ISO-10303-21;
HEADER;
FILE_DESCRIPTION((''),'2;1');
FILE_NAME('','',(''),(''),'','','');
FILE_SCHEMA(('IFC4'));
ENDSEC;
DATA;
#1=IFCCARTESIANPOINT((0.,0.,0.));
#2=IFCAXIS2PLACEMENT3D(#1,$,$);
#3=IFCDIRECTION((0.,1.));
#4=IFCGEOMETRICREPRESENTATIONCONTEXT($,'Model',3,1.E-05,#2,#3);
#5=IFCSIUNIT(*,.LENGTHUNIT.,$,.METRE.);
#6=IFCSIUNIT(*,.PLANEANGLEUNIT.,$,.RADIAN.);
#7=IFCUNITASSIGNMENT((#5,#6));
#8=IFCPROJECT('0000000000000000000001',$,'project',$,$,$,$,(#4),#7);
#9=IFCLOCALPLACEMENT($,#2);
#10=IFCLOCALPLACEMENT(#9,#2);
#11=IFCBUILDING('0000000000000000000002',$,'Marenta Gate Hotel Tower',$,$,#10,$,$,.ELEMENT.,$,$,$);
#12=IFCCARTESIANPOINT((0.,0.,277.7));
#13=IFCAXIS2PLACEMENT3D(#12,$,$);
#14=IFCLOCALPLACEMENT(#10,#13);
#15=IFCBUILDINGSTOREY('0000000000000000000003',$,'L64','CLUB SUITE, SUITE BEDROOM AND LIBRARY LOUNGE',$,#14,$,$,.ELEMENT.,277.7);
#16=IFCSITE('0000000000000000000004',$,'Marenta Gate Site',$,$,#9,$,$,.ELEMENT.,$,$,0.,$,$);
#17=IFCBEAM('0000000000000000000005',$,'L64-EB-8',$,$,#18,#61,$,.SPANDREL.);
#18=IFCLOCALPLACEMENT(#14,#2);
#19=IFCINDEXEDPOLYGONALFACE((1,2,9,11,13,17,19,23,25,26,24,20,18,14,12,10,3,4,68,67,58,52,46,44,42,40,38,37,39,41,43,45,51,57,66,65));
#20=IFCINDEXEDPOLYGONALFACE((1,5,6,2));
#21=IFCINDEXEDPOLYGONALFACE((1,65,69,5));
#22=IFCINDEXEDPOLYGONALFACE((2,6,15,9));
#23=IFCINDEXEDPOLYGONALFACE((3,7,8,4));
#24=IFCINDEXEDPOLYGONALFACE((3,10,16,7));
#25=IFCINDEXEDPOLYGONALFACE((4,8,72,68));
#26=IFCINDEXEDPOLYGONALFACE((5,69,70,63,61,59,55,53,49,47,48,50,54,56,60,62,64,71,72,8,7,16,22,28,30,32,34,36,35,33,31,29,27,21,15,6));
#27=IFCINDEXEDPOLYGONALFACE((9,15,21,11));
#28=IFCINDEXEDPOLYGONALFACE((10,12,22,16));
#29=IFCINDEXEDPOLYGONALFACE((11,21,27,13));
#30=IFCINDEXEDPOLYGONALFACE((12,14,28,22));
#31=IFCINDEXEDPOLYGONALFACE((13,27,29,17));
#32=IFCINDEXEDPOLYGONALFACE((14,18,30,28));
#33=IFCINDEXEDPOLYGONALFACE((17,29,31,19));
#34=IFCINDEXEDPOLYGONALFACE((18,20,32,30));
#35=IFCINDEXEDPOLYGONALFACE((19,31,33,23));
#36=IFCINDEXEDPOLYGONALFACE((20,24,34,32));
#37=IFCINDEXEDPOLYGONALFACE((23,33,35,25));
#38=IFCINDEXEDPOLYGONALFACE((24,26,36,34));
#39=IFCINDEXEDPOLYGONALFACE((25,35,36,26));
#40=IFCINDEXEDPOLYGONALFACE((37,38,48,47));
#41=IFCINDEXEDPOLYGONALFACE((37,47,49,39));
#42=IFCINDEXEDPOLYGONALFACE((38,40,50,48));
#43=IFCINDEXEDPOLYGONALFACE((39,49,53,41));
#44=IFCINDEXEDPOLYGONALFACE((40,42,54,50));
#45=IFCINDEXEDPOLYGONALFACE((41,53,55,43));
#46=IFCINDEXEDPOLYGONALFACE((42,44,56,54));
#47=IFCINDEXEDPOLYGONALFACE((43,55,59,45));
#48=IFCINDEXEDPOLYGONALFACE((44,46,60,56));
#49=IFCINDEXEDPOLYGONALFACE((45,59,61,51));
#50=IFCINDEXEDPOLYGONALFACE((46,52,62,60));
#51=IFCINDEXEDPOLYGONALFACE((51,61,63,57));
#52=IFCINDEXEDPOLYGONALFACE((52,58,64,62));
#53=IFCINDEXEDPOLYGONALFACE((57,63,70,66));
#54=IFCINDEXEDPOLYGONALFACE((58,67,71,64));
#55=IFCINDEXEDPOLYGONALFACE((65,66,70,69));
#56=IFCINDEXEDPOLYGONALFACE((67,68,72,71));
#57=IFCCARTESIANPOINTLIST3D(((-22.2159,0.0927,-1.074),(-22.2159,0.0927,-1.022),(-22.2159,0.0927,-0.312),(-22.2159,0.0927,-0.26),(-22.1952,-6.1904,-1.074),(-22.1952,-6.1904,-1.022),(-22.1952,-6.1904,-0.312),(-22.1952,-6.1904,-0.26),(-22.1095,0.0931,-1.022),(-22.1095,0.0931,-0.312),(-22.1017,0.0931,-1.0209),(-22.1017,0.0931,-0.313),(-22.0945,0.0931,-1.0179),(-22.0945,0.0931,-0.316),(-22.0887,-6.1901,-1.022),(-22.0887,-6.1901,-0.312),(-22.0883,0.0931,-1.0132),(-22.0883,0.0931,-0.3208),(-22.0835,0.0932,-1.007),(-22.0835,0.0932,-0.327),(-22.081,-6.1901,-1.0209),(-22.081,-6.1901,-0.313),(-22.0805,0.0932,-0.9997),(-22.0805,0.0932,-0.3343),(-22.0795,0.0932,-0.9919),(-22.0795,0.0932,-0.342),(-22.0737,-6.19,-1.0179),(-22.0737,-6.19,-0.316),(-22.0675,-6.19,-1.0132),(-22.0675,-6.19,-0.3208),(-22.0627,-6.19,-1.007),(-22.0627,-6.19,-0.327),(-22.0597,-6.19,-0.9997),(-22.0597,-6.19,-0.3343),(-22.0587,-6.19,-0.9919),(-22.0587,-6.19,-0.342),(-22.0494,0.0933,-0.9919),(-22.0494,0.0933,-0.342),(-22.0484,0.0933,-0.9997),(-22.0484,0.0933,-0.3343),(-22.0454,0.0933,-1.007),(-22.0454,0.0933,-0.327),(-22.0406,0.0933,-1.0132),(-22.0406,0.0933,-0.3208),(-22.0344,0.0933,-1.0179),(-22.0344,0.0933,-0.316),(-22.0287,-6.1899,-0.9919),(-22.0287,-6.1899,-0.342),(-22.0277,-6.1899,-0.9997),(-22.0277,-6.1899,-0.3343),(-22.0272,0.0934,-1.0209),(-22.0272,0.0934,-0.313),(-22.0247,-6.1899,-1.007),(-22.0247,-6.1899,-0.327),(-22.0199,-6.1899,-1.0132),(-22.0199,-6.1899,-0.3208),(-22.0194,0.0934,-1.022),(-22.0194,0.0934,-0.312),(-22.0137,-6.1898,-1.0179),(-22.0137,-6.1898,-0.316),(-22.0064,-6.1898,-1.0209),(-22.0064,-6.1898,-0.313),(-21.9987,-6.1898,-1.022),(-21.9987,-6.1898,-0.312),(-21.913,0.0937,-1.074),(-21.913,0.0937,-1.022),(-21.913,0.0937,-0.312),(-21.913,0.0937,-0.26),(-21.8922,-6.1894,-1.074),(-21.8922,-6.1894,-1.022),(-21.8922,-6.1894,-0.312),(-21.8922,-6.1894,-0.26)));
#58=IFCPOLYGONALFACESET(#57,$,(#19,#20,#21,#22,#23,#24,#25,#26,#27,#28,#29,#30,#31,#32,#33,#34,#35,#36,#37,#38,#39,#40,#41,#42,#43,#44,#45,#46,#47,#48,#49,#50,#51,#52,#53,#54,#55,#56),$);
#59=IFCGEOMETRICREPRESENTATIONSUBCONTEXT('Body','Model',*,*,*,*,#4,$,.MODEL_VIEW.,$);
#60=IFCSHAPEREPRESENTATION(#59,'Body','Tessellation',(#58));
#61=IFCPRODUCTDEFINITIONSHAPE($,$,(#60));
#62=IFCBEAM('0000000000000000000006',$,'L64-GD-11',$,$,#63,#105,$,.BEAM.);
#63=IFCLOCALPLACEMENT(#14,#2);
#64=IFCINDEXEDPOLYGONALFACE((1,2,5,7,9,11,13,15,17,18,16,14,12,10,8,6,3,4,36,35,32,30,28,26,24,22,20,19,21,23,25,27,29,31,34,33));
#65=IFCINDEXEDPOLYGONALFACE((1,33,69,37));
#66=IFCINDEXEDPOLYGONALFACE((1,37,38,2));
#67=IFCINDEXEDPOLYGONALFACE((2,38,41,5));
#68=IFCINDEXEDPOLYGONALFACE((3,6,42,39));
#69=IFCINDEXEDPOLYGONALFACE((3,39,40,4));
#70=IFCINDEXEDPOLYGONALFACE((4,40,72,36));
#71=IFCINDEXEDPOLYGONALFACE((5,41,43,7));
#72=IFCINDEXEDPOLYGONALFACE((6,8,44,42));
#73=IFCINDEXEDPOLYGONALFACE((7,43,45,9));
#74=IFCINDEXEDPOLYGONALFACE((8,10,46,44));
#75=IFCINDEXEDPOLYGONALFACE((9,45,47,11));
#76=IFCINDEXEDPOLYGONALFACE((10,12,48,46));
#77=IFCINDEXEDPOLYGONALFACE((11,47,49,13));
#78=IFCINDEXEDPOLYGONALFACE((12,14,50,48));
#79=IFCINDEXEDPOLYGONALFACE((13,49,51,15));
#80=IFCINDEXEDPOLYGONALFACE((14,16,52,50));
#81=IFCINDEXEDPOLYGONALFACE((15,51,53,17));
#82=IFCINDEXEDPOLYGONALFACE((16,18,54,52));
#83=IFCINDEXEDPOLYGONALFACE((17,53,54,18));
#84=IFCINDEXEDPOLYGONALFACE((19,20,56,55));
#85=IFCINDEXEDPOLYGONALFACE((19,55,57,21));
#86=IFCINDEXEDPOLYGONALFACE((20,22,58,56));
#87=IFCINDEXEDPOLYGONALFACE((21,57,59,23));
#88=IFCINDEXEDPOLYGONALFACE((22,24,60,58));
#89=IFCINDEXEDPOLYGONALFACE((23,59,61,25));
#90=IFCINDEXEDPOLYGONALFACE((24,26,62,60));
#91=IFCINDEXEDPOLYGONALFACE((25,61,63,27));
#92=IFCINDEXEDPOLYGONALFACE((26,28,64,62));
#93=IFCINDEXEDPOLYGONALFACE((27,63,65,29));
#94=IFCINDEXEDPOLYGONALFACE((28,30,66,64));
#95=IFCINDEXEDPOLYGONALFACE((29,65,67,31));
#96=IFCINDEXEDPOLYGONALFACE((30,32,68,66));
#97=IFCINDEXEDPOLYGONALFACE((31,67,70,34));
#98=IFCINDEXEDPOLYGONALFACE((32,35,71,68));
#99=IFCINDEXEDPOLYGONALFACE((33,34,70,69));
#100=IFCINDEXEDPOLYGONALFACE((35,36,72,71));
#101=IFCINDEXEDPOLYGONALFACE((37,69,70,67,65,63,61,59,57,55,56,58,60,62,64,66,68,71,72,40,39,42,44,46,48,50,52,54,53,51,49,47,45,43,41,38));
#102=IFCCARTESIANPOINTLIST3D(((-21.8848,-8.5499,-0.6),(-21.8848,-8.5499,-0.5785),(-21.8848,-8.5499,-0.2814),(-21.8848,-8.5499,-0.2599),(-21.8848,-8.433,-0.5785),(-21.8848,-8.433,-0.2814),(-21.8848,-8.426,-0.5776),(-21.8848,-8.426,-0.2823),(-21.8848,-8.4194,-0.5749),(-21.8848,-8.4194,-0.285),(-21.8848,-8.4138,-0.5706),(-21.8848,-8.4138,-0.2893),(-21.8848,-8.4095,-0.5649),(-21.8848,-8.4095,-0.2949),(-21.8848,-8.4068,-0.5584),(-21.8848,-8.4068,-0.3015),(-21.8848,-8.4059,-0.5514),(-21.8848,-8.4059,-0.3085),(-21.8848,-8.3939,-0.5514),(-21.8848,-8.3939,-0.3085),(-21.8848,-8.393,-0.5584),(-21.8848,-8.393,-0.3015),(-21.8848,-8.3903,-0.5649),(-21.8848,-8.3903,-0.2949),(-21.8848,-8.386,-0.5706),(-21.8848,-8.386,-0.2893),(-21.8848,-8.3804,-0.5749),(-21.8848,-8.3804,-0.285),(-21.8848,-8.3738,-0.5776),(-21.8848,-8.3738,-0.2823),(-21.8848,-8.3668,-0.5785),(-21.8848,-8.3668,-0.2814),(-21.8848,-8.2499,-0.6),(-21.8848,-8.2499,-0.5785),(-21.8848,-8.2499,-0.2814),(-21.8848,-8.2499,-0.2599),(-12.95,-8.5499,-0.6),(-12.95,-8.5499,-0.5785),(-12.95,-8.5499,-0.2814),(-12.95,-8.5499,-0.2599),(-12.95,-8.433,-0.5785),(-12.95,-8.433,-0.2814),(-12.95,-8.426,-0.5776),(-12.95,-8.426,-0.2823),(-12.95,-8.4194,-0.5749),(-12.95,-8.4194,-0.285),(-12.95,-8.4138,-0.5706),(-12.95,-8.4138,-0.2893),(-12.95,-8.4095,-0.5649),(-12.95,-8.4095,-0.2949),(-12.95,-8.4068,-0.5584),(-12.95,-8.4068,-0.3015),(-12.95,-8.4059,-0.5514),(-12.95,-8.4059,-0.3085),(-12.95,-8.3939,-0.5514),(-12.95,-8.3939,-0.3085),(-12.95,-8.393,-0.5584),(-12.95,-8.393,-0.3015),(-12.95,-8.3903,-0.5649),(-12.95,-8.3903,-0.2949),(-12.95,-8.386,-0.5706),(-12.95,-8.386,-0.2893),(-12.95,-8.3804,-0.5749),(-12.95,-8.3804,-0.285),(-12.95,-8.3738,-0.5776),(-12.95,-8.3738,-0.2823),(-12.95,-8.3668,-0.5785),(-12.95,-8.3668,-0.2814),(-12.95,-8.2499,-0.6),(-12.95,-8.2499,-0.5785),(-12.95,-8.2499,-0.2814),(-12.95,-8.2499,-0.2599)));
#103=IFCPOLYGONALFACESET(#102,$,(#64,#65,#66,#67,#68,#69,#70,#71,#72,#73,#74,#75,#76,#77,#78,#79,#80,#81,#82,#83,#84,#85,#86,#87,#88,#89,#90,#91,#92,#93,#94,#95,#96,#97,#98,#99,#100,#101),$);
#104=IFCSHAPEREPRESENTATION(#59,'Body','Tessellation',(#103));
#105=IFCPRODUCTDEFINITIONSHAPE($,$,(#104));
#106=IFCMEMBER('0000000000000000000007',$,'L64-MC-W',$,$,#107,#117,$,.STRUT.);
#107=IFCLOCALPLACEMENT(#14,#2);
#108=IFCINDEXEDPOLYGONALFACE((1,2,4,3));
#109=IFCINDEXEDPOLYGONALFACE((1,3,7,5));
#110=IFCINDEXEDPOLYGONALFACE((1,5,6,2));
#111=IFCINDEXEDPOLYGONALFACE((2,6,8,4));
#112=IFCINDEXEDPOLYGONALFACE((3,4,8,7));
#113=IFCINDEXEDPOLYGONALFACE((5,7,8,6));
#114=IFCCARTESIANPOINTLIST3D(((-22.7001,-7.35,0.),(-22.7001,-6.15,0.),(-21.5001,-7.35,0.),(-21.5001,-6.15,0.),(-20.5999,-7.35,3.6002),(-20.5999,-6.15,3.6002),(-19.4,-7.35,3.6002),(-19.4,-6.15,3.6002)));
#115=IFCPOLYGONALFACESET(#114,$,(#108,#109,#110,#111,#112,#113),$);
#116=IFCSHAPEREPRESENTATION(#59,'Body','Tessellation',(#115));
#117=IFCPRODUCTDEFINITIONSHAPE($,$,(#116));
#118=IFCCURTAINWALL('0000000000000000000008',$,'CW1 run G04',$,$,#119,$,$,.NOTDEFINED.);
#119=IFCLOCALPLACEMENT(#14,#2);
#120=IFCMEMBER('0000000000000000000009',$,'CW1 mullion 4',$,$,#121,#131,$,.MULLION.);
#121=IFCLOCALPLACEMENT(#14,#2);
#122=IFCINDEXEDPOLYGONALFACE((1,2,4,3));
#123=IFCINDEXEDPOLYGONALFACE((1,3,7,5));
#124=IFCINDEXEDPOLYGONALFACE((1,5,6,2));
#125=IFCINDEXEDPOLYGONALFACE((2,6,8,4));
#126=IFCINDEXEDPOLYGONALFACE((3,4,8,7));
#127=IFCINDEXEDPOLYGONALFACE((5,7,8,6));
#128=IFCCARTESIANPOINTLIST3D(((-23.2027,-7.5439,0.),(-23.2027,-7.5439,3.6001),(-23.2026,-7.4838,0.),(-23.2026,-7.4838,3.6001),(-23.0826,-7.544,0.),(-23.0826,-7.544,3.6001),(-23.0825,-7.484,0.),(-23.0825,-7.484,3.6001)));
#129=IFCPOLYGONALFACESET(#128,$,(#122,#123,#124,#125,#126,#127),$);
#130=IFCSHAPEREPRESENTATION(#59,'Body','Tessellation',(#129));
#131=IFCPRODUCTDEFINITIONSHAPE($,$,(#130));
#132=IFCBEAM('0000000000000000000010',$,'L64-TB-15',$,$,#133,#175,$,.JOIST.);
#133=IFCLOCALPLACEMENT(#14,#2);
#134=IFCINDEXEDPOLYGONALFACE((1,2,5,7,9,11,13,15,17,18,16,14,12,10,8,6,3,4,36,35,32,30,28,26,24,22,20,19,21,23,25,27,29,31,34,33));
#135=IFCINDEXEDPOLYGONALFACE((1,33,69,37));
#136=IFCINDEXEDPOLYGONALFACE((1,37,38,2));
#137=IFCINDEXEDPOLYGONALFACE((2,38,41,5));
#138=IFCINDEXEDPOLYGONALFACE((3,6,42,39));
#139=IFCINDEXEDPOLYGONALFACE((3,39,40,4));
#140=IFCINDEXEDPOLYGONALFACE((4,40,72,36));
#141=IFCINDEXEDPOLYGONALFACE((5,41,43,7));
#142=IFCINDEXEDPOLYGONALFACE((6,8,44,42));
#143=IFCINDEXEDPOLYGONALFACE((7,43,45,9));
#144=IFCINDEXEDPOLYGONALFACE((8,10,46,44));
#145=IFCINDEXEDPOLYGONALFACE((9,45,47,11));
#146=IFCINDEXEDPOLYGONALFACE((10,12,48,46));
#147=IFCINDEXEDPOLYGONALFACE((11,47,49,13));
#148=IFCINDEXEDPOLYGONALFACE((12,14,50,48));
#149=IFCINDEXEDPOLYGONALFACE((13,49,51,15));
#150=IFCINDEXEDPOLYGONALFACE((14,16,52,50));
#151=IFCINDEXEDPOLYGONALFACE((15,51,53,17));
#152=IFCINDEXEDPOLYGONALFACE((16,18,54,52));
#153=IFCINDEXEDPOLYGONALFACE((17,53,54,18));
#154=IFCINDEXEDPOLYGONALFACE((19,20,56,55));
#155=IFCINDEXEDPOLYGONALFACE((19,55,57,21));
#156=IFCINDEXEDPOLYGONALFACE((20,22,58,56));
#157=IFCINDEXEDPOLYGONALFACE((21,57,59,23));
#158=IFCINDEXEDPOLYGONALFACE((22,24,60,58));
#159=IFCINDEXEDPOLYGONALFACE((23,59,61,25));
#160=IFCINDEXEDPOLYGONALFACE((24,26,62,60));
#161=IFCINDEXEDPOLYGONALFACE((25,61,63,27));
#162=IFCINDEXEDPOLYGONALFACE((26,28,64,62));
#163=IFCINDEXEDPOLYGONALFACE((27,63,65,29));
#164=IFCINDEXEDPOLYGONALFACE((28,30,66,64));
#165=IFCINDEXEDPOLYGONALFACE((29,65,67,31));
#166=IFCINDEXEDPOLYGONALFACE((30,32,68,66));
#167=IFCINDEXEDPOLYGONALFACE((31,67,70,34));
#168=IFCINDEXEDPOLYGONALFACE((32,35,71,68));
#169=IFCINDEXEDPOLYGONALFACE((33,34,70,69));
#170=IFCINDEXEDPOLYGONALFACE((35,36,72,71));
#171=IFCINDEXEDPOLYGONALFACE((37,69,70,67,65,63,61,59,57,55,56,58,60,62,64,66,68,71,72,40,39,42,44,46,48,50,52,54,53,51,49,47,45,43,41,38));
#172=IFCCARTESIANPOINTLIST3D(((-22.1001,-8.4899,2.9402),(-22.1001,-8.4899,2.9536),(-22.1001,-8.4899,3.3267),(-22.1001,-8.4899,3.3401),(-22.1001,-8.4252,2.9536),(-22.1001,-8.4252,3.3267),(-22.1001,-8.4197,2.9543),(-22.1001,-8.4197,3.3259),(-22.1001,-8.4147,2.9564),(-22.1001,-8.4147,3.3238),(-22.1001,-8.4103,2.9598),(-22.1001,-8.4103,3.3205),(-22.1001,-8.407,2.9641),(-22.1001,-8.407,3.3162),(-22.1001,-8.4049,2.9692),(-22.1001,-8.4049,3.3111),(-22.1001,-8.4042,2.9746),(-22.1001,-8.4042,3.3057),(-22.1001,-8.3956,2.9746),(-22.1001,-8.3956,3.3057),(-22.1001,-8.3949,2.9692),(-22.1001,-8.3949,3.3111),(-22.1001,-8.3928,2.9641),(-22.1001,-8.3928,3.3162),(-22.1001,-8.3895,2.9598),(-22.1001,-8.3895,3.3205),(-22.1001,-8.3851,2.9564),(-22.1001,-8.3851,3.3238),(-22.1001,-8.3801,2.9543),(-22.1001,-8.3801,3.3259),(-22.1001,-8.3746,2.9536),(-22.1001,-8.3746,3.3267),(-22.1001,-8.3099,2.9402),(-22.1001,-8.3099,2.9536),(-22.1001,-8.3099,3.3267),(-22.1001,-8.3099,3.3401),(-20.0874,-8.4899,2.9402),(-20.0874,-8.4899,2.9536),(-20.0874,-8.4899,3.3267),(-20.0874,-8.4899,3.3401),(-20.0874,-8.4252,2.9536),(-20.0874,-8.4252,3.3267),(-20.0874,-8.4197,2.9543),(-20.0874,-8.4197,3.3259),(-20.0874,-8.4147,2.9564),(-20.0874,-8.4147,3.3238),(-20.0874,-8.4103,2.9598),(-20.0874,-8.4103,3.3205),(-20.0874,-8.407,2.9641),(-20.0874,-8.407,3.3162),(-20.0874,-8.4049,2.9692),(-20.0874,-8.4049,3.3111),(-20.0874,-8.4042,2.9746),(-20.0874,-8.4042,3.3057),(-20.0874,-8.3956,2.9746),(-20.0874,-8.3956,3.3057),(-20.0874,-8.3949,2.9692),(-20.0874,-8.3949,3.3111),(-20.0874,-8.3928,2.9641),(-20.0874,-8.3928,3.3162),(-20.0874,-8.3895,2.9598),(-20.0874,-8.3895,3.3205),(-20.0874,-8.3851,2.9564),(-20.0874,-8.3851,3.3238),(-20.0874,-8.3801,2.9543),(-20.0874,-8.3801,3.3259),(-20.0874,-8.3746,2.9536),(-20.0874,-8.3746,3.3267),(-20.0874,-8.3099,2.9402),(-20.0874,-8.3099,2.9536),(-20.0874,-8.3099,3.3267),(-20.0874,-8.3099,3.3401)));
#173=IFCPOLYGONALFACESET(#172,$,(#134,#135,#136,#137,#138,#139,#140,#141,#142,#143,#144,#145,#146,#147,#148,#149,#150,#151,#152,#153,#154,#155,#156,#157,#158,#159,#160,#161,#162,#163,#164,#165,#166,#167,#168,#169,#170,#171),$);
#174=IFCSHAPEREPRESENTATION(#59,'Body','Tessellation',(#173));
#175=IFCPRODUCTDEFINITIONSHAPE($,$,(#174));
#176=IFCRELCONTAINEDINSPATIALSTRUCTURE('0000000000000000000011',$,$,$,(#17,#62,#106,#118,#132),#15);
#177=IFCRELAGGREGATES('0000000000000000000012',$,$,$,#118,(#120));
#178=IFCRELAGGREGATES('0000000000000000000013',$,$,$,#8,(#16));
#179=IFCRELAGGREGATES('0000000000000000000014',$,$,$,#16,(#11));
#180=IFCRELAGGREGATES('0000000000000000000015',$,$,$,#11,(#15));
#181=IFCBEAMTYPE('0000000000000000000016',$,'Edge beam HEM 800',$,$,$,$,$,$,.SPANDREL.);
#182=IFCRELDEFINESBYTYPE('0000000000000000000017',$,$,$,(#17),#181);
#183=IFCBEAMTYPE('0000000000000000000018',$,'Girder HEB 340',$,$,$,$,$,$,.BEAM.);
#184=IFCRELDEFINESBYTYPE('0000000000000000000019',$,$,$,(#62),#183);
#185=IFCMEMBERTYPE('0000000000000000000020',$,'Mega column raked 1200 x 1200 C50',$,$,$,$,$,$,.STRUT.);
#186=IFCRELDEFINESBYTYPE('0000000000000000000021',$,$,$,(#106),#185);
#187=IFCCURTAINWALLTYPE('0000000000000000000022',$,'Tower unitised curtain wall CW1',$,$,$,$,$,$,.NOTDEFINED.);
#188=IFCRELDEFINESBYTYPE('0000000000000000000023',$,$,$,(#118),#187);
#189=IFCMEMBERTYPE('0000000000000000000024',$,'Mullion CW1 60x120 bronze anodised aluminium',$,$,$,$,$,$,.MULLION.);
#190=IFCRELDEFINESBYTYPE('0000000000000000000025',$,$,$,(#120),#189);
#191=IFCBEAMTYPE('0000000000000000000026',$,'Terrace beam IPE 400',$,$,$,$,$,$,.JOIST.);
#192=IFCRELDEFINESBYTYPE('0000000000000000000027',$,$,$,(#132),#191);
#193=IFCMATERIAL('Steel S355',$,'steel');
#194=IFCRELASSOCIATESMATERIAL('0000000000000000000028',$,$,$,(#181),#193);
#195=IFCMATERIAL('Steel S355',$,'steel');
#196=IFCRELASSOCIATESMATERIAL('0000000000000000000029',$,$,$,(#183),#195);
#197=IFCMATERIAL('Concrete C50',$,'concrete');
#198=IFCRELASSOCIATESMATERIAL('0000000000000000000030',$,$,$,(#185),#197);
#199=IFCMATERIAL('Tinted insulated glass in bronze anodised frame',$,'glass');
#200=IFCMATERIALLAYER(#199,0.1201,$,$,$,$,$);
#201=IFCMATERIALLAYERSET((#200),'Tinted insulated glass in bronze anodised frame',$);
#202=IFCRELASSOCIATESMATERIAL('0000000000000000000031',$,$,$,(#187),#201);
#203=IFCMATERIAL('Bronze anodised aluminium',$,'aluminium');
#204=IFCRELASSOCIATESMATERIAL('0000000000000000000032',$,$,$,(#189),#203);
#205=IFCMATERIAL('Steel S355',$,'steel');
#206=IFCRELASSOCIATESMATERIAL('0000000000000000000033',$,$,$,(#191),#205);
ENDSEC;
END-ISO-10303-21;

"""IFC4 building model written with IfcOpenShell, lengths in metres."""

from ifc_helpers import new_model, si_unit, direction, frame, origin, origin_2d, place, context, subcontext, project, spatial, rectangle, i_section, extrude, material, layer, layer_set, material_profile, profile_set, type_object, element, aggregate, save


model = new_model("IFC4")

# Units and contexts
model_context = context("Model", 3, precision=1e-05, world=origin(), true_north=direction((0.0, 1.0)))
body_context = subcontext(model_context, "Body", "Model", "MODEL_VIEW")
ifc_project = project(units=[si_unit("LENGTHUNIT", "METRE"), si_unit("PLANEANGLEUNIT", "RADIAN")], contexts=[model_context])

# Site, building, storey
site_placement = place(None, origin())
site = spatial("IfcSite", under=ifc_project, at=site_placement, Name="Marenta Gate Site", CompositionType="ELEMENT", RefElevation=0.0)
building_placement = place(site_placement, origin())
building = spatial("IfcBuilding", under=site, at=building_placement, Name="Marenta Gate Hotel Tower", CompositionType="ELEMENT")
storey_placement = place(building_placement, frame((0.0, 0.0, 277.7)))
storey = spatial("IfcBuildingStorey", under=building, at=storey_placement, Name="L64", Description="CLUB SUITE, SUITE BEDROOM AND LIBRARY LOUNGE", CompositionType="ELEMENT", Elevation=277.7)

# Beams
ifc_material_1 = material(Name="Steel S355", Category="steel")
ifc_material_profile_1 = material_profile(ifc_material_1, i_section(OverallWidth=0.303, OverallDepth=0.814, WebThickness=0.03, FlangeThickness=0.052, FilletRadius=0.03, at=origin_2d()), Name="HEM 800")
ifc_profile_set_1 = profile_set([ifc_material_profile_1], Name="Steel S355")
beam_type_1 = type_object("IfcBeamType", Name="Edge beam HEM 800", PredefinedType="SPANDREL", material=ifc_profile_set_1)
beam_1_placement = place(storey_placement, frame((-22.0437, -6.1899, -0.667), z_axis=(-0.003303, 0.999995, 0.0), x_axis=(-0.999995, -0.003303, 0.0)))
element("IfcBeam", 1, at=beam_1_placement, inside=storey, type_object=beam_type_1, Name="L64-EB-8", PredefinedType="SPANDREL", context=body_context, shape_type="SweptSolid", body=[
    extrude(i_section(OverallWidth=0.303, OverallDepth=0.814, WebThickness=0.03, FlangeThickness=0.052, FilletRadius=0.03, at=origin_2d()), origin(), (0.0, 0.0, 1.0), 6.2832),
])
ifc_material_2 = material(Name="Steel S355", Category="steel")
ifc_material_profile_2 = material_profile(ifc_material_2, i_section(OverallWidth=0.3, OverallDepth=0.3401, WebThickness=0.012, FlangeThickness=0.0215, FilletRadius=0.0271, at=origin_2d()), Name="HEB 340")
ifc_profile_set_2 = profile_set([ifc_material_profile_2], Name="Steel S355")
beam_type_2 = type_object("IfcBeamType", Name="Girder HEB 340", PredefinedType="BEAM", material=ifc_profile_set_2)
beam_2_placement = place(storey_placement, frame((-21.8848, -8.3999, -0.4299), z_axis=(1.0, 0.0, 0.0), x_axis=(0.0, 1.0, 0.0)))
element("IfcBeam", 2, at=beam_2_placement, inside=storey, type_object=beam_type_2, Name="L64-GD-11", PredefinedType="BEAM", context=body_context, shape_type="SweptSolid", body=[
    extrude(i_section(OverallWidth=0.3, OverallDepth=0.3401, WebThickness=0.012, FlangeThickness=0.0215, FilletRadius=0.0271, at=origin_2d()), origin(), (0.0, 0.0, 1.0), 8.9348),
])

# Member
ifc_material_3 = material(Name="Concrete C50", Category="concrete")
ifc_material_profile_3 = material_profile(ifc_material_3, rectangle(XDim=1.2, YDim=1.2, at=origin_2d()), Name="1200 x 1200")
ifc_profile_set_3 = profile_set([ifc_material_profile_3], Name="Concrete C50")
member_type_1 = type_object("IfcMemberType", Name="Mega column raked 1200 x 1200 C50", PredefinedType="STRUT", material=ifc_profile_set_3)
member_1_placement = place(storey_placement, frame((-22.1001, -6.75, 0.0), z_axis=(0.0, 0.0, 1.0), x_axis=(1.0, 0.0, 0.0)))
element("IfcMember", 3, at=member_1_placement, inside=storey, type_object=member_type_1, Name="L64-MC-W", PredefinedType="STRUT", context=body_context, shape_type="SweptSolid", body=[
    extrude(rectangle(XDim=1.2, YDim=1.2, at=origin_2d()), origin(), (0.503878, 0.0, 0.863775), 4.168),
])

# Curtain wall, member
ifc_material_4 = material(Name="Tinted insulated glass in bronze anodised frame", Category="glass")
ifc_layer_1 = layer(ifc_material_4, 0.1201)
ifc_layer_set_1 = layer_set([ifc_layer_1], Name="Tinted insulated glass in bronze anodised frame")
curtain_wall_type = type_object("IfcCurtainWallType", Name="Tower unitised curtain wall CW1", PredefinedType="NOTDEFINED", material=ifc_layer_set_1)
curtain_wall_placement = place(storey_placement, origin())
curtain_wall = element("IfcCurtainWall", 4, at=curtain_wall_placement, inside=storey, type_object=curtain_wall_type, Name="CW1 run G04", PredefinedType="NOTDEFINED")
ifc_material_5 = material(Name="Bronze anodised aluminium", Category="aluminium")
ifc_material_profile_4 = material_profile(ifc_material_5, rectangle(XDim=0.1201, YDim=0.0601, at=origin_2d()), Name="Mullion CW1 60x120 bronze anodised aluminium")
ifc_profile_set_4 = profile_set([ifc_material_profile_4], Name="Bronze anodised aluminium")
member_type_2 = type_object("IfcMemberType", Name="Mullion CW1 60x120 bronze anodised aluminium", PredefinedType="MULLION", material=ifc_profile_set_4)
member_2_placement = place(storey_placement, frame((-23.1426, -7.5139, 0.0), z_axis=(0.0, 0.0, 1.0), x_axis=(0.999999, -0.001566, 0.0)))
member_2 = element("IfcMember", 5, at=member_2_placement, type_object=member_type_2, Name="CW1 mullion 4", PredefinedType="MULLION", context=body_context, shape_type="SweptSolid", body=[
    extrude(rectangle(XDim=0.1201, YDim=0.0601, at=origin_2d()), origin(), (0.0, 0.0, 1.0), 3.6001),
])

# Beam
ifc_material_6 = material(Name="Steel S355", Category="steel")
ifc_material_profile_5 = material_profile(ifc_material_6, i_section(OverallWidth=0.1799, OverallDepth=0.3999, WebThickness=0.0085, FlangeThickness=0.0134, FilletRadius=0.021, at=origin_2d()), Name="IPE 400")
ifc_profile_set_5 = profile_set([ifc_material_profile_5], Name="Steel S355")
beam_type_3 = type_object("IfcBeamType", Name="Terrace beam IPE 400", PredefinedType="JOIST", material=ifc_profile_set_5)
beam_3_placement = place(storey_placement, frame((-22.1001, -8.3999, 3.1401), z_axis=(1.0, 0.0, 0.0), x_axis=(0.0, 1.0, 0.0)))
element("IfcBeam", 6, at=beam_3_placement, inside=storey, type_object=beam_type_3, Name="L64-TB-15", PredefinedType="JOIST", context=body_context, shape_type="SweptSolid", body=[
    extrude(i_section(OverallWidth=0.1799, OverallDepth=0.3999, WebThickness=0.0085, FlangeThickness=0.0134, FilletRadius=0.021, at=origin_2d()), origin(), (0.0, 0.0, 1.0), 2.0127),
])

aggregate(curtain_wall, [member_2])

save(model, "model.ifc")
